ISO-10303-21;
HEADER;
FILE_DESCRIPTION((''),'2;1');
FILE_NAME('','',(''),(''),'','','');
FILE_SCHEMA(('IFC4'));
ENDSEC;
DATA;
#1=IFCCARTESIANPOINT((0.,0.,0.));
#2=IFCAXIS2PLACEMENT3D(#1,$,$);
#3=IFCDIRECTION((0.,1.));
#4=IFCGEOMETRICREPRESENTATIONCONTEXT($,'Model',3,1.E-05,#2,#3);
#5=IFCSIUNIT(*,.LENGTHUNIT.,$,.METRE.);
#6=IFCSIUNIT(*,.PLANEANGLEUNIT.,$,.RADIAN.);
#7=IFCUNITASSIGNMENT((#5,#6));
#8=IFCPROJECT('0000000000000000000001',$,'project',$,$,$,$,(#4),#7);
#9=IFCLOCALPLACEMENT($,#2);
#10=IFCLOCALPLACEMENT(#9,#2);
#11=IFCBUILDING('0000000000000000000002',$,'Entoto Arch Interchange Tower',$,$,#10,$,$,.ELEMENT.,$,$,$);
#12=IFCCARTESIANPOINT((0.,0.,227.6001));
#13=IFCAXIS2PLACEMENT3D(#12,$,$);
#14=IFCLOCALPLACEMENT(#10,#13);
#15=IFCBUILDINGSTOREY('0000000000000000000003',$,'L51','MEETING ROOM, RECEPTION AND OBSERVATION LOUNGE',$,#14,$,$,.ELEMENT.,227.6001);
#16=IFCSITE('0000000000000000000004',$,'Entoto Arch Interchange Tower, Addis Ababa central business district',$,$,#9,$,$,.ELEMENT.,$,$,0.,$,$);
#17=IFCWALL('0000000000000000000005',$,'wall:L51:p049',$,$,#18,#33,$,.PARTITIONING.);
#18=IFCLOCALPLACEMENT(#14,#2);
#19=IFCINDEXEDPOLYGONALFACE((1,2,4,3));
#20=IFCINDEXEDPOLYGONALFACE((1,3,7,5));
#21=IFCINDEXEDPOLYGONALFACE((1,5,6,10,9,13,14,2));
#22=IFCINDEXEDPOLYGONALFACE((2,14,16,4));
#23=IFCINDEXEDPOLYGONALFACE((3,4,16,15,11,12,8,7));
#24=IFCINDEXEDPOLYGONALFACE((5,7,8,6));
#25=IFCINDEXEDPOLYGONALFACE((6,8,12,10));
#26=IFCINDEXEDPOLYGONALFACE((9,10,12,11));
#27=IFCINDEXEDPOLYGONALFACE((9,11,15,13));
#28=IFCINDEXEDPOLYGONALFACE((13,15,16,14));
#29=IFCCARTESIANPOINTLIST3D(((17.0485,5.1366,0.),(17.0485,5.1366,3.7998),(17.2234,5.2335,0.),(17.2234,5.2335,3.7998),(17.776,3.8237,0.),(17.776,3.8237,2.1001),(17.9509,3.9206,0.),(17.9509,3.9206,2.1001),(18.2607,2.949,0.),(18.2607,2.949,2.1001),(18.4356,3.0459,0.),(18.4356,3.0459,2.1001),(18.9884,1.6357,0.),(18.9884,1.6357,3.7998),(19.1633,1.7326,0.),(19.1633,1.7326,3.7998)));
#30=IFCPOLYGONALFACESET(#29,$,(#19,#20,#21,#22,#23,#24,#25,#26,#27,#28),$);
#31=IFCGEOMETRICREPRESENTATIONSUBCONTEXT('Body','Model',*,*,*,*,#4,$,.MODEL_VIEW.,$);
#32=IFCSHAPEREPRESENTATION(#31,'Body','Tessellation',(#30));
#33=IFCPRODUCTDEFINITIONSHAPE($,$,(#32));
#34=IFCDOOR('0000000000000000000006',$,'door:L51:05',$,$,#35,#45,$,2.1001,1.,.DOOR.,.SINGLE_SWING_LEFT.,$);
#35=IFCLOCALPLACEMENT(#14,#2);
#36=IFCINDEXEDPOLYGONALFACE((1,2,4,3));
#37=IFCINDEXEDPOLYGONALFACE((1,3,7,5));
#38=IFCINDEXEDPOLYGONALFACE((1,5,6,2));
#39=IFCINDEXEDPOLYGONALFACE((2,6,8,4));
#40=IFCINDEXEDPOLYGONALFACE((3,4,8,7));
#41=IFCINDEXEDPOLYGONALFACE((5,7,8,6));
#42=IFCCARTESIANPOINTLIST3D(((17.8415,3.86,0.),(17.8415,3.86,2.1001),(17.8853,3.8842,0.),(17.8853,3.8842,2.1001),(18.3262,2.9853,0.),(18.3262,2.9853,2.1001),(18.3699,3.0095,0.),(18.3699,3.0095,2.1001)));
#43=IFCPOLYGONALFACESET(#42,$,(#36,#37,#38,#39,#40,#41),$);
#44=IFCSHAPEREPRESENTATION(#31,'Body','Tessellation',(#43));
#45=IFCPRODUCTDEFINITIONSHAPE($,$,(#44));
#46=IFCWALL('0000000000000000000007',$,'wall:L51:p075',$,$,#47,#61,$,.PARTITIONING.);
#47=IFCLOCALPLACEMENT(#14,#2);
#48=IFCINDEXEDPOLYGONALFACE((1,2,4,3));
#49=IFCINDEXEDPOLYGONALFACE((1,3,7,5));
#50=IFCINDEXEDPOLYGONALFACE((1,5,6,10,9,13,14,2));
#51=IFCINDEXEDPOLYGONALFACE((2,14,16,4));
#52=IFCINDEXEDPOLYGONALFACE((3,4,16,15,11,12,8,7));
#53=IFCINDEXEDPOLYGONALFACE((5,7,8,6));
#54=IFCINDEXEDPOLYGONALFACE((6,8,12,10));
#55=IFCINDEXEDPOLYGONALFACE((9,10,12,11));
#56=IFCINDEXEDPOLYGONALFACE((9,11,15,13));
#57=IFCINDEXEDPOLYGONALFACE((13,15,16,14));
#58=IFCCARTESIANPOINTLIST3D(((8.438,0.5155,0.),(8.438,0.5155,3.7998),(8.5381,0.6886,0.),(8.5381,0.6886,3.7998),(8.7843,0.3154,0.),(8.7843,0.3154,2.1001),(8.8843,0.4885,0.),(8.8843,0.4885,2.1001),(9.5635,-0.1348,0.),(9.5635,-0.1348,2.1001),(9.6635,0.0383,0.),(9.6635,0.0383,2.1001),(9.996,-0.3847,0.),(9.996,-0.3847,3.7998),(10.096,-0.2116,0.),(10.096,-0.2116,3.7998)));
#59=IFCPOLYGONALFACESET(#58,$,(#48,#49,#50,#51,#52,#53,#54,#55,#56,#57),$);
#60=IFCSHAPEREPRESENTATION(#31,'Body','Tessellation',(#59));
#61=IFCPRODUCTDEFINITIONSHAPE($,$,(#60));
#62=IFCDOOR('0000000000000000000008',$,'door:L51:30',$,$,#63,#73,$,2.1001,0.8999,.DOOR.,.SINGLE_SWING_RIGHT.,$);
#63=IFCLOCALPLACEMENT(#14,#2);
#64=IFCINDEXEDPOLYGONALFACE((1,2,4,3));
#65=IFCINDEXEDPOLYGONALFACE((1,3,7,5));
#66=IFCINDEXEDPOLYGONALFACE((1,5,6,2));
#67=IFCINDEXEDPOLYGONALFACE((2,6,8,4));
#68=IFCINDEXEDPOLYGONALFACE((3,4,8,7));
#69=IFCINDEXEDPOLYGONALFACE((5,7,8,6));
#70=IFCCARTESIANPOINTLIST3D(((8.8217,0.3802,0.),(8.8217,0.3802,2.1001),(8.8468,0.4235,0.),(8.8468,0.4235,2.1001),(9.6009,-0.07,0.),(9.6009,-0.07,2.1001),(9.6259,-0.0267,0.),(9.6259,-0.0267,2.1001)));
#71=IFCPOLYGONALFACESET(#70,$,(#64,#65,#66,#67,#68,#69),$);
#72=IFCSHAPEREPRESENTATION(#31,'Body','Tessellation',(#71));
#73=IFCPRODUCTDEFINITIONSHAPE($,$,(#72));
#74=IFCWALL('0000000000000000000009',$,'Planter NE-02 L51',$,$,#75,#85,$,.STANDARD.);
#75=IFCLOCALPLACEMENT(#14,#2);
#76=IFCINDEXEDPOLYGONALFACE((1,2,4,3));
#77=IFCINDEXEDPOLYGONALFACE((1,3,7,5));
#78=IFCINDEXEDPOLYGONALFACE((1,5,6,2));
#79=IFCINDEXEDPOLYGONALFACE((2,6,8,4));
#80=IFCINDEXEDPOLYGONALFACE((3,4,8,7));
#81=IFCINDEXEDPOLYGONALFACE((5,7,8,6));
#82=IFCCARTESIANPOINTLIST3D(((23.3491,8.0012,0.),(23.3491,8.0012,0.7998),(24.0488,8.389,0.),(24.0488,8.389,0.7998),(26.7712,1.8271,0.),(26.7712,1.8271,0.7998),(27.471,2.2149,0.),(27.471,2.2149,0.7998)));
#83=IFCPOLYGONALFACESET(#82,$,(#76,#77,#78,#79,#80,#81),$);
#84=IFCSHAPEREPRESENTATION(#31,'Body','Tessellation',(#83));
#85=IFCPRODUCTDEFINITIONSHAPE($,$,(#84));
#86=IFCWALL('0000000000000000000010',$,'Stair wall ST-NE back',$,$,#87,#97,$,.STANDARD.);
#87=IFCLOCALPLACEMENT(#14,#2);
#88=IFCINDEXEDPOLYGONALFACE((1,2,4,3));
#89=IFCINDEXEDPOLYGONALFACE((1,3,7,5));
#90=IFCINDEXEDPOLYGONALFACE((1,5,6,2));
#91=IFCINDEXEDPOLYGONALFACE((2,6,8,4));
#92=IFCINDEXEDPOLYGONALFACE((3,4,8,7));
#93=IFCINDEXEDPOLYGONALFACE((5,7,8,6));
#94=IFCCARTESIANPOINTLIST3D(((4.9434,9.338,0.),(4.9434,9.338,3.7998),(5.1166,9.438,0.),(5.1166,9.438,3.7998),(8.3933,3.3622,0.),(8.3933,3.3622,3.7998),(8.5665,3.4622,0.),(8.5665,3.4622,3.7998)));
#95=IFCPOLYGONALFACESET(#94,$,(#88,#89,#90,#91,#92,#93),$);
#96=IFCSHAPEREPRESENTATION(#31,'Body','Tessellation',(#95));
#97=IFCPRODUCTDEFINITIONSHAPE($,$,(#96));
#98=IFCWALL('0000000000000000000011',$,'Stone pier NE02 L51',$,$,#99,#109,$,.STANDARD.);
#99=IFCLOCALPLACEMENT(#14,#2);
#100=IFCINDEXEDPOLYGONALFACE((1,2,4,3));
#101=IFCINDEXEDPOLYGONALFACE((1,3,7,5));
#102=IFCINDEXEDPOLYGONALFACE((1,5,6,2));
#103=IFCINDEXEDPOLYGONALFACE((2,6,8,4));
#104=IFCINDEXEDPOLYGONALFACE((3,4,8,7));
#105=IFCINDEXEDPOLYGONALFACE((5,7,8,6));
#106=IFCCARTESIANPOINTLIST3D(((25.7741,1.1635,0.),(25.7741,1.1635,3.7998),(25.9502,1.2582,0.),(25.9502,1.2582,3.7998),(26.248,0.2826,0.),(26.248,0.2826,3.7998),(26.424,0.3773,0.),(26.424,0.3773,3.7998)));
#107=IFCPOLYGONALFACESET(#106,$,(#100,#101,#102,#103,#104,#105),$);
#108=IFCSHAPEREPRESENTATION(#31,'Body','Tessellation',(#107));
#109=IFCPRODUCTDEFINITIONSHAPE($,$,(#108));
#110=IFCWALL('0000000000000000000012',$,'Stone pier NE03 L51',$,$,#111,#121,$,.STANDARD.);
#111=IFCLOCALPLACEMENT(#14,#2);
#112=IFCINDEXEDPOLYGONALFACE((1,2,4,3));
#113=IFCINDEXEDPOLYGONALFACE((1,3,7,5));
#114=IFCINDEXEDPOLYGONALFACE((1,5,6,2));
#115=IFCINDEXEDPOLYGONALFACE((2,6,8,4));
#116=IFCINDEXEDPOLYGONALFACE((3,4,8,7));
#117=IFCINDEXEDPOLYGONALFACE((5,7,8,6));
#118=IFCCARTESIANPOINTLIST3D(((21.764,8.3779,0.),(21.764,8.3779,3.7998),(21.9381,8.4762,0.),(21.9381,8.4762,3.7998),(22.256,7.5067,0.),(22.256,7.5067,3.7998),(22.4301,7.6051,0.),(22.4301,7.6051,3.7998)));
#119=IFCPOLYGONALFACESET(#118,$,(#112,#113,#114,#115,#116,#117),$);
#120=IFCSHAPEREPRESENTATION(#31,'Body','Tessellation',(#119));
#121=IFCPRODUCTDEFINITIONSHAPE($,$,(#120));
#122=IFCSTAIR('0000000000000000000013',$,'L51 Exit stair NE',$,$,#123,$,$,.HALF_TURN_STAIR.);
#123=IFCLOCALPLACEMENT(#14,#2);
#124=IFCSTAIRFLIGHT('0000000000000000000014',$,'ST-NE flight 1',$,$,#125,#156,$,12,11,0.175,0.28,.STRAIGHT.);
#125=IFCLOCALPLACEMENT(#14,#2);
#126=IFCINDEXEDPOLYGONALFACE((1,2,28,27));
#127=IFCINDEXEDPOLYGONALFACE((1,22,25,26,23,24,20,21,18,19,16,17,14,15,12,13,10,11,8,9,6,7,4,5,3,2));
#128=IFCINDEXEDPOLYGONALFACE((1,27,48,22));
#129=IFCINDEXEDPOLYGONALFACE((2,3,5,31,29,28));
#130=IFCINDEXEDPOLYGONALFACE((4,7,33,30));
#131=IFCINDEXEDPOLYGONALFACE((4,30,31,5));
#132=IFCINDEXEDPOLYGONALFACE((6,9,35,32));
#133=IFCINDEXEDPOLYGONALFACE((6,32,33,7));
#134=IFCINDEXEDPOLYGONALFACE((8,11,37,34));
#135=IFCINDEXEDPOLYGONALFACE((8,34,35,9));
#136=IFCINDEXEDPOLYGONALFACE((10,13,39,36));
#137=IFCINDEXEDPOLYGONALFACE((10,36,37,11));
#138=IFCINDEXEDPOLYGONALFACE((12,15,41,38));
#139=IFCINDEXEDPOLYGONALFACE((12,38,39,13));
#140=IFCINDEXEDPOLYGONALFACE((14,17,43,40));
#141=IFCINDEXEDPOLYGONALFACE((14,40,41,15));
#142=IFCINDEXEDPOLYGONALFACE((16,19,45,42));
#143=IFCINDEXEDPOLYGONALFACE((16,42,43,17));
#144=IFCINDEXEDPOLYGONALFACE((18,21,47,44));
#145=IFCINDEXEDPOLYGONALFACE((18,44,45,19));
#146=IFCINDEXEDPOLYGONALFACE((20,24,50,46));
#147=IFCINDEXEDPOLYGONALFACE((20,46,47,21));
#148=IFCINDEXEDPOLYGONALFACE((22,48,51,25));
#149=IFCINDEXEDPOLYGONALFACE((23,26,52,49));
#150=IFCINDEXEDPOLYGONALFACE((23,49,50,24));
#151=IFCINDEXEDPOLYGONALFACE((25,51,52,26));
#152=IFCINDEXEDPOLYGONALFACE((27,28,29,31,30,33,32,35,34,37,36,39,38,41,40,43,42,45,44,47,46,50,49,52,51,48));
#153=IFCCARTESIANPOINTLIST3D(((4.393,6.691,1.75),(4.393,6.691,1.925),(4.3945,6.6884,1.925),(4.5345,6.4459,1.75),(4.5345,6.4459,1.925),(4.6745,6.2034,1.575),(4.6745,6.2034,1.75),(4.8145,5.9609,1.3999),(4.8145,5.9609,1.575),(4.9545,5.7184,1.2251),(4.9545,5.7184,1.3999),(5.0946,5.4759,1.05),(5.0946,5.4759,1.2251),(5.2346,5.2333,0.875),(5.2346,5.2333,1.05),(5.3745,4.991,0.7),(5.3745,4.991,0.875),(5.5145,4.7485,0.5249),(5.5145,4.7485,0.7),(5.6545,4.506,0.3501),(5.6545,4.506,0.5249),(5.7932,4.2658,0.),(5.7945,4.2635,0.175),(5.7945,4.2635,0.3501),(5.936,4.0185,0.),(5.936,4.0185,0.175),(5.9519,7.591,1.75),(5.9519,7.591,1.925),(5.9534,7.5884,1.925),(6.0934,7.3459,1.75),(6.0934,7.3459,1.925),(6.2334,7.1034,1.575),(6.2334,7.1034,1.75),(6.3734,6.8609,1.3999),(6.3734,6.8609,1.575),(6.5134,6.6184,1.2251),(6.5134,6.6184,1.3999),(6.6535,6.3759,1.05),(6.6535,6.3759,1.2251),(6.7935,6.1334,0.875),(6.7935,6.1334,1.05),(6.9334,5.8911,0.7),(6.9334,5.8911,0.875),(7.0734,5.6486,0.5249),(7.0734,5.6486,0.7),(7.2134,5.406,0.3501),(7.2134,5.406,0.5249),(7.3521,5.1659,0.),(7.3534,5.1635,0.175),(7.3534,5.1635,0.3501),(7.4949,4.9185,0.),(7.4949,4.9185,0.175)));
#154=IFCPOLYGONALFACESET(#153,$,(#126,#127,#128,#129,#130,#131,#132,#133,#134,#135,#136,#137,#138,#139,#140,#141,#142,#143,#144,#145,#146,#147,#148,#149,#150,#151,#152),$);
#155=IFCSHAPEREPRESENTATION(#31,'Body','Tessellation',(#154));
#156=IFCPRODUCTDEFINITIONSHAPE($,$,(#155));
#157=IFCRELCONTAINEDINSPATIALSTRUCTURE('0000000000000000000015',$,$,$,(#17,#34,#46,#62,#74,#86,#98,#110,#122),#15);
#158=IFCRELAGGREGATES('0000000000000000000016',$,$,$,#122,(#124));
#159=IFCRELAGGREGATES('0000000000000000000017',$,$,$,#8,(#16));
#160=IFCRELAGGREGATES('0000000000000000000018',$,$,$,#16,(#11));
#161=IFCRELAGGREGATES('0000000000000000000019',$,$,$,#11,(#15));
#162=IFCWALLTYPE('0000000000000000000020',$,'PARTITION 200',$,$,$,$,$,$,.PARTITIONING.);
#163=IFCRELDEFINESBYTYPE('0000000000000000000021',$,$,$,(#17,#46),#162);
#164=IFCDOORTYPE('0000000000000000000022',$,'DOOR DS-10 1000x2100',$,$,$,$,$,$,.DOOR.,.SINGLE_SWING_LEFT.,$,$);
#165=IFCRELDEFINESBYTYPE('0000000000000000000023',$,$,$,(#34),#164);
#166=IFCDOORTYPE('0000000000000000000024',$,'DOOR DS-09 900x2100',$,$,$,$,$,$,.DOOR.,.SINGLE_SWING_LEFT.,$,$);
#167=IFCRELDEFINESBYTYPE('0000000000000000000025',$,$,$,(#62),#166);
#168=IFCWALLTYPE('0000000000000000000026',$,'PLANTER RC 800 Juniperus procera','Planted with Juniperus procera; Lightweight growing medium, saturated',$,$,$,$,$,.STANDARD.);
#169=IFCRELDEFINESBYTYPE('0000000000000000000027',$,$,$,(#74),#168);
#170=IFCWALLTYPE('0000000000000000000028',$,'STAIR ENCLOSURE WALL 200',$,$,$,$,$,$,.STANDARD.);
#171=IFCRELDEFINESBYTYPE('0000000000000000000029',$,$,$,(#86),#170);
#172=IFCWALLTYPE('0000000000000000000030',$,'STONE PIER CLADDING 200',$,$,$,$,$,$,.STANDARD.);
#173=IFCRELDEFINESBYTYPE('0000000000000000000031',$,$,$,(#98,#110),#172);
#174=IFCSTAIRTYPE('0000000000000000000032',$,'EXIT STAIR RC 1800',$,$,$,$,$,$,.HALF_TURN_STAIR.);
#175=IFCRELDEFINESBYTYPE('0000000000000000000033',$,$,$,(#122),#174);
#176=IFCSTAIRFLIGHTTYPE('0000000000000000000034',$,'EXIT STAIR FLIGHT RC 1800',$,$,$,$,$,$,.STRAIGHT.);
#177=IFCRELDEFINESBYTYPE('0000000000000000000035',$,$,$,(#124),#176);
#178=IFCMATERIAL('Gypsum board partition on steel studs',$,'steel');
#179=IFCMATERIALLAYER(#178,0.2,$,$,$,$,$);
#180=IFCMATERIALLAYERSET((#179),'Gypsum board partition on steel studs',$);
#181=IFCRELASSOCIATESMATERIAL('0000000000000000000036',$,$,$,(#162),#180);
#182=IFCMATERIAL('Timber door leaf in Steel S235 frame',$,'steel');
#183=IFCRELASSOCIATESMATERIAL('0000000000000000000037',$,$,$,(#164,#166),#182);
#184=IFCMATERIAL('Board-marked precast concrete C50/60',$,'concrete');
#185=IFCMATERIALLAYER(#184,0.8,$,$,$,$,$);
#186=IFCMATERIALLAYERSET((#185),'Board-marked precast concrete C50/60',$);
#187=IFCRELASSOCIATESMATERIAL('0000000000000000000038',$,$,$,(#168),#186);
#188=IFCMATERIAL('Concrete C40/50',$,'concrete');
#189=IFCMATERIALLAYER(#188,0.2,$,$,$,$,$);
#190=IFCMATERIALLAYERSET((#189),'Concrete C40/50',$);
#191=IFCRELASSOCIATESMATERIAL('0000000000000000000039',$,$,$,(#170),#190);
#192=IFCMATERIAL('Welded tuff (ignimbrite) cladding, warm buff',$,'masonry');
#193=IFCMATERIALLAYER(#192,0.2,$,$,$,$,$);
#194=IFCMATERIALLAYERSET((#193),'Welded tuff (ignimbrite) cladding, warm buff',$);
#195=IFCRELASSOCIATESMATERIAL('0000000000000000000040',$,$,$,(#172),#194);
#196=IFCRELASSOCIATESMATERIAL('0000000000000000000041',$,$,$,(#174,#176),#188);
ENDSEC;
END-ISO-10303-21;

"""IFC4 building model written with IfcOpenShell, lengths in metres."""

from ifc_helpers import new_model, si_unit, direction, frame, frame_2d, origin, place, context, subcontext, project, spatial, polyline, rectangle, outline, extrude, material, layer, layer_set, type_object, element, fill, aggregate, save


model = new_model("IFC4")

# Units and contexts
model_context = context("Model", 3, precision=1e-05, world=origin(), true_north=direction((0.0, 1.0)))
body_context = subcontext(model_context, "Body", "Model", "MODEL_VIEW")
ifc_project = project(units=[si_unit("LENGTHUNIT", "METRE"), si_unit("PLANEANGLEUNIT", "RADIAN")], contexts=[model_context])

# Site, building, storey
site_placement = place(None, origin())
site = spatial("IfcSite", under=ifc_project, at=site_placement, Name="Entoto Arch Interchange Tower, Addis Ababa central business district", CompositionType="ELEMENT", RefElevation=0.0)
building_placement = place(site_placement, origin())
building = spatial("IfcBuilding", under=site, at=building_placement, Name="Entoto Arch Interchange Tower", CompositionType="ELEMENT")
storey_placement = place(building_placement, frame((0.0, 0.0, 227.6001)))
storey = spatial("IfcBuildingStorey", under=building, at=storey_placement, Name="L51", Description="MEETING ROOM, RECEPTION AND OBSERVATION LOUNGE", CompositionType="ELEMENT", Elevation=227.6001)

# Shared definitions
ifc_material_1 = material(Name="Concrete C40/50", Category="concrete")
ifc_material_2 = material(Name="Gypsum board partition on steel studs", Category="steel")

# Shared definitions
ifc_layer_1 = layer(ifc_material_2, 0.2)
ifc_layer_set_1 = layer_set([ifc_layer_1], Name="Gypsum board partition on steel studs")
wall_type_1 = type_object("IfcWallType", Name="PARTITION 200", PredefinedType="PARTITIONING", material=ifc_layer_set_1)
ifc_material_3 = material(Name="Timber door leaf in Steel S235 frame", Category="steel")
door_type_1 = type_object("IfcDoorType", Name="DOOR DS-10 1000x2100", OperationType="SINGLE_SWING_LEFT", PredefinedType="DOOR", material=ifc_material_3)

# Walls, openings, doors
wall_1_placement = place(storey_placement, frame((17.136, 5.1851, 0.0), z_axis=(0.0, 0.0, 1.0), x_axis=(0.484679, -0.874692, 0.0)))
wall_1 = element("IfcWall", 1, at=wall_1_placement, inside=storey, type_object=wall_type_1, Name="wall:L51:p049", PredefinedType="PARTITIONING", context=body_context, shape_type="SweptSolid", body=[
    extrude(rectangle(XDim=4.0024, YDim=0.2, at=frame_2d((2.0012, 0.0))), origin(), (0.0, 0.0, 1.0), 3.7998),
])
opening_1_placement = place(wall_1_placement, frame((1.501, 0.0, 0.0)))
opening_1 = element("IfcOpeningElement", 2, at=opening_1_placement, cuts=wall_1, PredefinedType="OPENING", context=body_context, shape_type="SweptSolid", body=[
    extrude(rectangle(XDim=1.0, YDim=2.1001, at=frame_2d((0.5, 1.05))), frame((0.0, 0.1099, 0.0), z_axis=(0.0, -1.0, 0.0), x_axis=(1.0, 0.0, 0.0)), (0.0, 0.0, 1.0), 0.22),
])
door_1_placement = place(opening_1_placement, origin())
door_1 = element("IfcDoor", 3, at=door_1_placement, inside=storey, type_object=door_type_1, Name="door:L51:05", OperationType="SINGLE_SWING_LEFT", OverallHeight=2.1001, OverallWidth=1.0, PredefinedType="DOOR", context=body_context, shape_type="SweptSolid", body=[
    extrude(rectangle(XDim=1.0, YDim=2.1001, at=frame_2d((0.5, 1.05))), frame((0.0, 0.0249, 0.0), z_axis=(0.0, -1.0, 0.0), x_axis=(1.0, 0.0, 0.0)), (0.0, 0.0, 1.0), 0.05),
])
fill(opening_1, door_1)
wall_2_placement = place(storey_placement, frame((8.488, 0.6021, 0.0), z_axis=(0.0, 0.0, 1.0), x_axis=(0.865853, -0.500298, 0.0)))
wall_2 = element("IfcWall", 4, at=wall_2_placement, inside=storey, type_object=wall_type_1, Name="wall:L51:p075", PredefinedType="PARTITIONING", context=body_context, shape_type="SweptSolid", body=[
    extrude(rectangle(XDim=1.7993, YDim=0.2, at=frame_2d((0.8997, 0.0))), origin(), (0.0, 0.0, 1.0), 3.7998),
])
opening_2_placement = place(wall_2_placement, frame((0.3999, 0.0, 0.0)))
opening_2 = element("IfcOpeningElement", 5, at=opening_2_placement, cuts=wall_2, PredefinedType="OPENING", context=body_context, shape_type="SweptSolid", body=[
    extrude(rectangle(XDim=0.8999, YDim=2.1001, at=frame_2d((0.45, 1.05))), frame((0.0, 0.1099, 0.0), z_axis=(0.0, -1.0, 0.0), x_axis=(1.0, 0.0, 0.0)), (0.0, 0.0, 1.0), 0.22),
])
door_type_2 = type_object("IfcDoorType", Name="DOOR DS-09 900x2100", OperationType="SINGLE_SWING_LEFT", PredefinedType="DOOR", material=ifc_material_3)
door_2_placement = place(opening_2_placement, origin())
door_2 = element("IfcDoor", 6, at=door_2_placement, inside=storey, type_object=door_type_2, Name="door:L51:30", OperationType="SINGLE_SWING_RIGHT", OverallHeight=2.1001, OverallWidth=0.8999, PredefinedType="DOOR", context=body_context, shape_type="SweptSolid", body=[
    extrude(rectangle(XDim=0.8999, YDim=2.1001, at=frame_2d((0.45, 1.05))), frame((0.0, 0.0249, 0.0), z_axis=(0.0, -1.0, 0.0), x_axis=(1.0, 0.0, 0.0)), (0.0, 0.0, 1.0), 0.05),
])
fill(opening_2, door_2)

# Walls
ifc_material_4 = material(Name="Board-marked precast concrete C50/60", Category="concrete")
ifc_layer_2 = layer(ifc_material_4, 0.8)
ifc_layer_set_2 = layer_set([ifc_layer_2], Name="Board-marked precast concrete C50/60")
wall_type_2 = type_object("IfcWallType", Name="PLANTER RC 800 Juniperus procera", Description="Planted with Juniperus procera; Lightweight growing medium, saturated", PredefinedType="STANDARD", material=ifc_layer_set_2)
wall_3_placement = place(storey_placement, frame((27.1211, 2.021, 0.0), z_axis=(0.0, 0.0, 1.0), x_axis=(-0.484785, 0.874633, 0.0)))
element("IfcWall", 7, at=wall_3_placement, inside=storey, type_object=wall_type_2, Name="Planter NE-02 L51", PredefinedType="STANDARD", context=body_context, shape_type="SweptSolid", body=[
    extrude(rectangle(XDim=7.0591, YDim=0.8, at=frame_2d((3.5295, 0.0))), origin(), (0.0, 0.0, 1.0), 0.7998),
])
ifc_layer_3 = layer(ifc_material_1, 0.2)
ifc_layer_set_3 = layer_set([ifc_layer_3], Name="Concrete C40/50")
wall_type_3 = type_object("IfcWallType", Name="STAIR ENCLOSURE WALL 200", PredefinedType="STANDARD", material=ifc_layer_set_3)
wall_4_placement = place(storey_placement, frame((8.48, 3.4121, 0.0), z_axis=(0.0, 0.0, 1.0), x_axis=(-0.499979, 0.866038, 0.0)))
element("IfcWall", 8, at=wall_4_placement, inside=storey, type_object=wall_type_3, Name="Stair wall ST-NE back", PredefinedType="STANDARD", context=body_context, shape_type="SweptSolid", body=[
    extrude(rectangle(XDim=6.9001, YDim=0.2, at=frame_2d((3.4502, 0.0))), origin(), (0.0, 0.0, 1.0), 3.7998),
])

# Shared definitions
ifc_material_5 = material(Name="Welded tuff (ignimbrite) cladding, warm buff", Category="masonry")

# Walls
ifc_layer_4 = layer(ifc_material_5, 0.2)
ifc_layer_set_4 = layer_set([ifc_layer_4], Name="Welded tuff (ignimbrite) cladding, warm buff")
wall_type_4 = type_object("IfcWallType", Name="STONE PIER CLADDING 200", PredefinedType="STANDARD", material=ifc_layer_set_4)
wall_5_placement = place(storey_placement, frame((26.3359, 0.3301, 0.0), z_axis=(0.0, 0.0, 1.0), x_axis=(-0.473765, 0.880651, 0.0)))
element("IfcWall", 9, at=wall_5_placement, inside=storey, type_object=wall_type_4, Name="Stone pier NE02 L51", PredefinedType="STANDARD", context=body_context, shape_type="SweptSolid", body=[
    extrude(rectangle(XDim=1.0002, YDim=0.2, at=frame_2d((0.5, 0.0))), origin(), (0.0, 0.0, 1.0), 3.7998),
])
wall_6_placement = place(storey_placement, frame((22.343, 7.5559, 0.0), z_axis=(0.0, 0.0, 1.0), x_axis=(-0.491744, 0.87074, 0.0)))
element("IfcWall", 10, at=wall_6_placement, inside=storey, type_object=wall_type_4, Name="Stone pier NE03 L51", PredefinedType="STANDARD", context=body_context, shape_type="SweptSolid", body=[
    extrude(rectangle(XDim=1.0005, YDim=0.2, at=frame_2d((0.5002, 0.0))), origin(), (0.0, 0.0, 1.0), 3.7998),
])

# Stair, stair flight
stair_type = type_object("IfcStairType", Name="EXIT STAIR RC 1800", PredefinedType="HALF_TURN_STAIR", material=ifc_material_1)
stair_placement = place(storey_placement, origin())
stair = element("IfcStair", 11, at=stair_placement, inside=storey, type_object=stair_type, Name="L51 Exit stair NE", PredefinedType="HALF_TURN_STAIR")
stair_flight_type = type_object("IfcStairFlightType", Name="EXIT STAIR FLIGHT RC 1800", PredefinedType="STRAIGHT", material=ifc_material_1)
stair_flight_placement = place(storey_placement, frame((6.7139, 4.4709, 0.0), z_axis=(0.0, 0.0, 1.0), x_axis=(-0.5, 0.866025, 0.0)))
stair_flight = element("IfcStairFlight", 12, at=stair_flight_placement, type_object=stair_flight_type, Name="ST-NE flight 1", NumberOfRisers=12, NumberOfTreads=11, PredefinedType="STRAIGHT", RiserHeight=0.175, TreadLength=0.28, context=body_context, shape_type="SweptSolid", body=[
    extrude(outline(polyline([(-0.0029, 0.0), (-0.0029, 0.175), (0.28, 0.175), (0.28, 0.3501), (0.5601, 0.3501), (0.5601, 0.5249), (0.8401, 0.5249), (0.8401, 0.7), (1.1201, 0.7), (1.1201, 0.875), (1.3999, 0.875), (1.3999, 1.05), (1.6799, 1.05), (1.6799, 1.2251), (1.96, 1.2251), (1.96, 1.3999), (2.24, 1.3999), (2.24, 1.575), (2.52, 1.575), (2.52, 1.75), (2.8, 1.75), (2.8, 1.925), (3.0801, 1.925), (3.083, 1.925), (3.083, 1.75), (0.2827, 0.0), (-0.0029, 0.0)])), frame((0.0, 0.8999, 0.0), z_axis=(0.0, -1.0, 0.0), x_axis=(1.0, 0.0, 0.0)), (0.0, 0.0, 1.0), 1.8),
])
aggregate(stair, [stair_flight])

save(model, "model.ifc")
